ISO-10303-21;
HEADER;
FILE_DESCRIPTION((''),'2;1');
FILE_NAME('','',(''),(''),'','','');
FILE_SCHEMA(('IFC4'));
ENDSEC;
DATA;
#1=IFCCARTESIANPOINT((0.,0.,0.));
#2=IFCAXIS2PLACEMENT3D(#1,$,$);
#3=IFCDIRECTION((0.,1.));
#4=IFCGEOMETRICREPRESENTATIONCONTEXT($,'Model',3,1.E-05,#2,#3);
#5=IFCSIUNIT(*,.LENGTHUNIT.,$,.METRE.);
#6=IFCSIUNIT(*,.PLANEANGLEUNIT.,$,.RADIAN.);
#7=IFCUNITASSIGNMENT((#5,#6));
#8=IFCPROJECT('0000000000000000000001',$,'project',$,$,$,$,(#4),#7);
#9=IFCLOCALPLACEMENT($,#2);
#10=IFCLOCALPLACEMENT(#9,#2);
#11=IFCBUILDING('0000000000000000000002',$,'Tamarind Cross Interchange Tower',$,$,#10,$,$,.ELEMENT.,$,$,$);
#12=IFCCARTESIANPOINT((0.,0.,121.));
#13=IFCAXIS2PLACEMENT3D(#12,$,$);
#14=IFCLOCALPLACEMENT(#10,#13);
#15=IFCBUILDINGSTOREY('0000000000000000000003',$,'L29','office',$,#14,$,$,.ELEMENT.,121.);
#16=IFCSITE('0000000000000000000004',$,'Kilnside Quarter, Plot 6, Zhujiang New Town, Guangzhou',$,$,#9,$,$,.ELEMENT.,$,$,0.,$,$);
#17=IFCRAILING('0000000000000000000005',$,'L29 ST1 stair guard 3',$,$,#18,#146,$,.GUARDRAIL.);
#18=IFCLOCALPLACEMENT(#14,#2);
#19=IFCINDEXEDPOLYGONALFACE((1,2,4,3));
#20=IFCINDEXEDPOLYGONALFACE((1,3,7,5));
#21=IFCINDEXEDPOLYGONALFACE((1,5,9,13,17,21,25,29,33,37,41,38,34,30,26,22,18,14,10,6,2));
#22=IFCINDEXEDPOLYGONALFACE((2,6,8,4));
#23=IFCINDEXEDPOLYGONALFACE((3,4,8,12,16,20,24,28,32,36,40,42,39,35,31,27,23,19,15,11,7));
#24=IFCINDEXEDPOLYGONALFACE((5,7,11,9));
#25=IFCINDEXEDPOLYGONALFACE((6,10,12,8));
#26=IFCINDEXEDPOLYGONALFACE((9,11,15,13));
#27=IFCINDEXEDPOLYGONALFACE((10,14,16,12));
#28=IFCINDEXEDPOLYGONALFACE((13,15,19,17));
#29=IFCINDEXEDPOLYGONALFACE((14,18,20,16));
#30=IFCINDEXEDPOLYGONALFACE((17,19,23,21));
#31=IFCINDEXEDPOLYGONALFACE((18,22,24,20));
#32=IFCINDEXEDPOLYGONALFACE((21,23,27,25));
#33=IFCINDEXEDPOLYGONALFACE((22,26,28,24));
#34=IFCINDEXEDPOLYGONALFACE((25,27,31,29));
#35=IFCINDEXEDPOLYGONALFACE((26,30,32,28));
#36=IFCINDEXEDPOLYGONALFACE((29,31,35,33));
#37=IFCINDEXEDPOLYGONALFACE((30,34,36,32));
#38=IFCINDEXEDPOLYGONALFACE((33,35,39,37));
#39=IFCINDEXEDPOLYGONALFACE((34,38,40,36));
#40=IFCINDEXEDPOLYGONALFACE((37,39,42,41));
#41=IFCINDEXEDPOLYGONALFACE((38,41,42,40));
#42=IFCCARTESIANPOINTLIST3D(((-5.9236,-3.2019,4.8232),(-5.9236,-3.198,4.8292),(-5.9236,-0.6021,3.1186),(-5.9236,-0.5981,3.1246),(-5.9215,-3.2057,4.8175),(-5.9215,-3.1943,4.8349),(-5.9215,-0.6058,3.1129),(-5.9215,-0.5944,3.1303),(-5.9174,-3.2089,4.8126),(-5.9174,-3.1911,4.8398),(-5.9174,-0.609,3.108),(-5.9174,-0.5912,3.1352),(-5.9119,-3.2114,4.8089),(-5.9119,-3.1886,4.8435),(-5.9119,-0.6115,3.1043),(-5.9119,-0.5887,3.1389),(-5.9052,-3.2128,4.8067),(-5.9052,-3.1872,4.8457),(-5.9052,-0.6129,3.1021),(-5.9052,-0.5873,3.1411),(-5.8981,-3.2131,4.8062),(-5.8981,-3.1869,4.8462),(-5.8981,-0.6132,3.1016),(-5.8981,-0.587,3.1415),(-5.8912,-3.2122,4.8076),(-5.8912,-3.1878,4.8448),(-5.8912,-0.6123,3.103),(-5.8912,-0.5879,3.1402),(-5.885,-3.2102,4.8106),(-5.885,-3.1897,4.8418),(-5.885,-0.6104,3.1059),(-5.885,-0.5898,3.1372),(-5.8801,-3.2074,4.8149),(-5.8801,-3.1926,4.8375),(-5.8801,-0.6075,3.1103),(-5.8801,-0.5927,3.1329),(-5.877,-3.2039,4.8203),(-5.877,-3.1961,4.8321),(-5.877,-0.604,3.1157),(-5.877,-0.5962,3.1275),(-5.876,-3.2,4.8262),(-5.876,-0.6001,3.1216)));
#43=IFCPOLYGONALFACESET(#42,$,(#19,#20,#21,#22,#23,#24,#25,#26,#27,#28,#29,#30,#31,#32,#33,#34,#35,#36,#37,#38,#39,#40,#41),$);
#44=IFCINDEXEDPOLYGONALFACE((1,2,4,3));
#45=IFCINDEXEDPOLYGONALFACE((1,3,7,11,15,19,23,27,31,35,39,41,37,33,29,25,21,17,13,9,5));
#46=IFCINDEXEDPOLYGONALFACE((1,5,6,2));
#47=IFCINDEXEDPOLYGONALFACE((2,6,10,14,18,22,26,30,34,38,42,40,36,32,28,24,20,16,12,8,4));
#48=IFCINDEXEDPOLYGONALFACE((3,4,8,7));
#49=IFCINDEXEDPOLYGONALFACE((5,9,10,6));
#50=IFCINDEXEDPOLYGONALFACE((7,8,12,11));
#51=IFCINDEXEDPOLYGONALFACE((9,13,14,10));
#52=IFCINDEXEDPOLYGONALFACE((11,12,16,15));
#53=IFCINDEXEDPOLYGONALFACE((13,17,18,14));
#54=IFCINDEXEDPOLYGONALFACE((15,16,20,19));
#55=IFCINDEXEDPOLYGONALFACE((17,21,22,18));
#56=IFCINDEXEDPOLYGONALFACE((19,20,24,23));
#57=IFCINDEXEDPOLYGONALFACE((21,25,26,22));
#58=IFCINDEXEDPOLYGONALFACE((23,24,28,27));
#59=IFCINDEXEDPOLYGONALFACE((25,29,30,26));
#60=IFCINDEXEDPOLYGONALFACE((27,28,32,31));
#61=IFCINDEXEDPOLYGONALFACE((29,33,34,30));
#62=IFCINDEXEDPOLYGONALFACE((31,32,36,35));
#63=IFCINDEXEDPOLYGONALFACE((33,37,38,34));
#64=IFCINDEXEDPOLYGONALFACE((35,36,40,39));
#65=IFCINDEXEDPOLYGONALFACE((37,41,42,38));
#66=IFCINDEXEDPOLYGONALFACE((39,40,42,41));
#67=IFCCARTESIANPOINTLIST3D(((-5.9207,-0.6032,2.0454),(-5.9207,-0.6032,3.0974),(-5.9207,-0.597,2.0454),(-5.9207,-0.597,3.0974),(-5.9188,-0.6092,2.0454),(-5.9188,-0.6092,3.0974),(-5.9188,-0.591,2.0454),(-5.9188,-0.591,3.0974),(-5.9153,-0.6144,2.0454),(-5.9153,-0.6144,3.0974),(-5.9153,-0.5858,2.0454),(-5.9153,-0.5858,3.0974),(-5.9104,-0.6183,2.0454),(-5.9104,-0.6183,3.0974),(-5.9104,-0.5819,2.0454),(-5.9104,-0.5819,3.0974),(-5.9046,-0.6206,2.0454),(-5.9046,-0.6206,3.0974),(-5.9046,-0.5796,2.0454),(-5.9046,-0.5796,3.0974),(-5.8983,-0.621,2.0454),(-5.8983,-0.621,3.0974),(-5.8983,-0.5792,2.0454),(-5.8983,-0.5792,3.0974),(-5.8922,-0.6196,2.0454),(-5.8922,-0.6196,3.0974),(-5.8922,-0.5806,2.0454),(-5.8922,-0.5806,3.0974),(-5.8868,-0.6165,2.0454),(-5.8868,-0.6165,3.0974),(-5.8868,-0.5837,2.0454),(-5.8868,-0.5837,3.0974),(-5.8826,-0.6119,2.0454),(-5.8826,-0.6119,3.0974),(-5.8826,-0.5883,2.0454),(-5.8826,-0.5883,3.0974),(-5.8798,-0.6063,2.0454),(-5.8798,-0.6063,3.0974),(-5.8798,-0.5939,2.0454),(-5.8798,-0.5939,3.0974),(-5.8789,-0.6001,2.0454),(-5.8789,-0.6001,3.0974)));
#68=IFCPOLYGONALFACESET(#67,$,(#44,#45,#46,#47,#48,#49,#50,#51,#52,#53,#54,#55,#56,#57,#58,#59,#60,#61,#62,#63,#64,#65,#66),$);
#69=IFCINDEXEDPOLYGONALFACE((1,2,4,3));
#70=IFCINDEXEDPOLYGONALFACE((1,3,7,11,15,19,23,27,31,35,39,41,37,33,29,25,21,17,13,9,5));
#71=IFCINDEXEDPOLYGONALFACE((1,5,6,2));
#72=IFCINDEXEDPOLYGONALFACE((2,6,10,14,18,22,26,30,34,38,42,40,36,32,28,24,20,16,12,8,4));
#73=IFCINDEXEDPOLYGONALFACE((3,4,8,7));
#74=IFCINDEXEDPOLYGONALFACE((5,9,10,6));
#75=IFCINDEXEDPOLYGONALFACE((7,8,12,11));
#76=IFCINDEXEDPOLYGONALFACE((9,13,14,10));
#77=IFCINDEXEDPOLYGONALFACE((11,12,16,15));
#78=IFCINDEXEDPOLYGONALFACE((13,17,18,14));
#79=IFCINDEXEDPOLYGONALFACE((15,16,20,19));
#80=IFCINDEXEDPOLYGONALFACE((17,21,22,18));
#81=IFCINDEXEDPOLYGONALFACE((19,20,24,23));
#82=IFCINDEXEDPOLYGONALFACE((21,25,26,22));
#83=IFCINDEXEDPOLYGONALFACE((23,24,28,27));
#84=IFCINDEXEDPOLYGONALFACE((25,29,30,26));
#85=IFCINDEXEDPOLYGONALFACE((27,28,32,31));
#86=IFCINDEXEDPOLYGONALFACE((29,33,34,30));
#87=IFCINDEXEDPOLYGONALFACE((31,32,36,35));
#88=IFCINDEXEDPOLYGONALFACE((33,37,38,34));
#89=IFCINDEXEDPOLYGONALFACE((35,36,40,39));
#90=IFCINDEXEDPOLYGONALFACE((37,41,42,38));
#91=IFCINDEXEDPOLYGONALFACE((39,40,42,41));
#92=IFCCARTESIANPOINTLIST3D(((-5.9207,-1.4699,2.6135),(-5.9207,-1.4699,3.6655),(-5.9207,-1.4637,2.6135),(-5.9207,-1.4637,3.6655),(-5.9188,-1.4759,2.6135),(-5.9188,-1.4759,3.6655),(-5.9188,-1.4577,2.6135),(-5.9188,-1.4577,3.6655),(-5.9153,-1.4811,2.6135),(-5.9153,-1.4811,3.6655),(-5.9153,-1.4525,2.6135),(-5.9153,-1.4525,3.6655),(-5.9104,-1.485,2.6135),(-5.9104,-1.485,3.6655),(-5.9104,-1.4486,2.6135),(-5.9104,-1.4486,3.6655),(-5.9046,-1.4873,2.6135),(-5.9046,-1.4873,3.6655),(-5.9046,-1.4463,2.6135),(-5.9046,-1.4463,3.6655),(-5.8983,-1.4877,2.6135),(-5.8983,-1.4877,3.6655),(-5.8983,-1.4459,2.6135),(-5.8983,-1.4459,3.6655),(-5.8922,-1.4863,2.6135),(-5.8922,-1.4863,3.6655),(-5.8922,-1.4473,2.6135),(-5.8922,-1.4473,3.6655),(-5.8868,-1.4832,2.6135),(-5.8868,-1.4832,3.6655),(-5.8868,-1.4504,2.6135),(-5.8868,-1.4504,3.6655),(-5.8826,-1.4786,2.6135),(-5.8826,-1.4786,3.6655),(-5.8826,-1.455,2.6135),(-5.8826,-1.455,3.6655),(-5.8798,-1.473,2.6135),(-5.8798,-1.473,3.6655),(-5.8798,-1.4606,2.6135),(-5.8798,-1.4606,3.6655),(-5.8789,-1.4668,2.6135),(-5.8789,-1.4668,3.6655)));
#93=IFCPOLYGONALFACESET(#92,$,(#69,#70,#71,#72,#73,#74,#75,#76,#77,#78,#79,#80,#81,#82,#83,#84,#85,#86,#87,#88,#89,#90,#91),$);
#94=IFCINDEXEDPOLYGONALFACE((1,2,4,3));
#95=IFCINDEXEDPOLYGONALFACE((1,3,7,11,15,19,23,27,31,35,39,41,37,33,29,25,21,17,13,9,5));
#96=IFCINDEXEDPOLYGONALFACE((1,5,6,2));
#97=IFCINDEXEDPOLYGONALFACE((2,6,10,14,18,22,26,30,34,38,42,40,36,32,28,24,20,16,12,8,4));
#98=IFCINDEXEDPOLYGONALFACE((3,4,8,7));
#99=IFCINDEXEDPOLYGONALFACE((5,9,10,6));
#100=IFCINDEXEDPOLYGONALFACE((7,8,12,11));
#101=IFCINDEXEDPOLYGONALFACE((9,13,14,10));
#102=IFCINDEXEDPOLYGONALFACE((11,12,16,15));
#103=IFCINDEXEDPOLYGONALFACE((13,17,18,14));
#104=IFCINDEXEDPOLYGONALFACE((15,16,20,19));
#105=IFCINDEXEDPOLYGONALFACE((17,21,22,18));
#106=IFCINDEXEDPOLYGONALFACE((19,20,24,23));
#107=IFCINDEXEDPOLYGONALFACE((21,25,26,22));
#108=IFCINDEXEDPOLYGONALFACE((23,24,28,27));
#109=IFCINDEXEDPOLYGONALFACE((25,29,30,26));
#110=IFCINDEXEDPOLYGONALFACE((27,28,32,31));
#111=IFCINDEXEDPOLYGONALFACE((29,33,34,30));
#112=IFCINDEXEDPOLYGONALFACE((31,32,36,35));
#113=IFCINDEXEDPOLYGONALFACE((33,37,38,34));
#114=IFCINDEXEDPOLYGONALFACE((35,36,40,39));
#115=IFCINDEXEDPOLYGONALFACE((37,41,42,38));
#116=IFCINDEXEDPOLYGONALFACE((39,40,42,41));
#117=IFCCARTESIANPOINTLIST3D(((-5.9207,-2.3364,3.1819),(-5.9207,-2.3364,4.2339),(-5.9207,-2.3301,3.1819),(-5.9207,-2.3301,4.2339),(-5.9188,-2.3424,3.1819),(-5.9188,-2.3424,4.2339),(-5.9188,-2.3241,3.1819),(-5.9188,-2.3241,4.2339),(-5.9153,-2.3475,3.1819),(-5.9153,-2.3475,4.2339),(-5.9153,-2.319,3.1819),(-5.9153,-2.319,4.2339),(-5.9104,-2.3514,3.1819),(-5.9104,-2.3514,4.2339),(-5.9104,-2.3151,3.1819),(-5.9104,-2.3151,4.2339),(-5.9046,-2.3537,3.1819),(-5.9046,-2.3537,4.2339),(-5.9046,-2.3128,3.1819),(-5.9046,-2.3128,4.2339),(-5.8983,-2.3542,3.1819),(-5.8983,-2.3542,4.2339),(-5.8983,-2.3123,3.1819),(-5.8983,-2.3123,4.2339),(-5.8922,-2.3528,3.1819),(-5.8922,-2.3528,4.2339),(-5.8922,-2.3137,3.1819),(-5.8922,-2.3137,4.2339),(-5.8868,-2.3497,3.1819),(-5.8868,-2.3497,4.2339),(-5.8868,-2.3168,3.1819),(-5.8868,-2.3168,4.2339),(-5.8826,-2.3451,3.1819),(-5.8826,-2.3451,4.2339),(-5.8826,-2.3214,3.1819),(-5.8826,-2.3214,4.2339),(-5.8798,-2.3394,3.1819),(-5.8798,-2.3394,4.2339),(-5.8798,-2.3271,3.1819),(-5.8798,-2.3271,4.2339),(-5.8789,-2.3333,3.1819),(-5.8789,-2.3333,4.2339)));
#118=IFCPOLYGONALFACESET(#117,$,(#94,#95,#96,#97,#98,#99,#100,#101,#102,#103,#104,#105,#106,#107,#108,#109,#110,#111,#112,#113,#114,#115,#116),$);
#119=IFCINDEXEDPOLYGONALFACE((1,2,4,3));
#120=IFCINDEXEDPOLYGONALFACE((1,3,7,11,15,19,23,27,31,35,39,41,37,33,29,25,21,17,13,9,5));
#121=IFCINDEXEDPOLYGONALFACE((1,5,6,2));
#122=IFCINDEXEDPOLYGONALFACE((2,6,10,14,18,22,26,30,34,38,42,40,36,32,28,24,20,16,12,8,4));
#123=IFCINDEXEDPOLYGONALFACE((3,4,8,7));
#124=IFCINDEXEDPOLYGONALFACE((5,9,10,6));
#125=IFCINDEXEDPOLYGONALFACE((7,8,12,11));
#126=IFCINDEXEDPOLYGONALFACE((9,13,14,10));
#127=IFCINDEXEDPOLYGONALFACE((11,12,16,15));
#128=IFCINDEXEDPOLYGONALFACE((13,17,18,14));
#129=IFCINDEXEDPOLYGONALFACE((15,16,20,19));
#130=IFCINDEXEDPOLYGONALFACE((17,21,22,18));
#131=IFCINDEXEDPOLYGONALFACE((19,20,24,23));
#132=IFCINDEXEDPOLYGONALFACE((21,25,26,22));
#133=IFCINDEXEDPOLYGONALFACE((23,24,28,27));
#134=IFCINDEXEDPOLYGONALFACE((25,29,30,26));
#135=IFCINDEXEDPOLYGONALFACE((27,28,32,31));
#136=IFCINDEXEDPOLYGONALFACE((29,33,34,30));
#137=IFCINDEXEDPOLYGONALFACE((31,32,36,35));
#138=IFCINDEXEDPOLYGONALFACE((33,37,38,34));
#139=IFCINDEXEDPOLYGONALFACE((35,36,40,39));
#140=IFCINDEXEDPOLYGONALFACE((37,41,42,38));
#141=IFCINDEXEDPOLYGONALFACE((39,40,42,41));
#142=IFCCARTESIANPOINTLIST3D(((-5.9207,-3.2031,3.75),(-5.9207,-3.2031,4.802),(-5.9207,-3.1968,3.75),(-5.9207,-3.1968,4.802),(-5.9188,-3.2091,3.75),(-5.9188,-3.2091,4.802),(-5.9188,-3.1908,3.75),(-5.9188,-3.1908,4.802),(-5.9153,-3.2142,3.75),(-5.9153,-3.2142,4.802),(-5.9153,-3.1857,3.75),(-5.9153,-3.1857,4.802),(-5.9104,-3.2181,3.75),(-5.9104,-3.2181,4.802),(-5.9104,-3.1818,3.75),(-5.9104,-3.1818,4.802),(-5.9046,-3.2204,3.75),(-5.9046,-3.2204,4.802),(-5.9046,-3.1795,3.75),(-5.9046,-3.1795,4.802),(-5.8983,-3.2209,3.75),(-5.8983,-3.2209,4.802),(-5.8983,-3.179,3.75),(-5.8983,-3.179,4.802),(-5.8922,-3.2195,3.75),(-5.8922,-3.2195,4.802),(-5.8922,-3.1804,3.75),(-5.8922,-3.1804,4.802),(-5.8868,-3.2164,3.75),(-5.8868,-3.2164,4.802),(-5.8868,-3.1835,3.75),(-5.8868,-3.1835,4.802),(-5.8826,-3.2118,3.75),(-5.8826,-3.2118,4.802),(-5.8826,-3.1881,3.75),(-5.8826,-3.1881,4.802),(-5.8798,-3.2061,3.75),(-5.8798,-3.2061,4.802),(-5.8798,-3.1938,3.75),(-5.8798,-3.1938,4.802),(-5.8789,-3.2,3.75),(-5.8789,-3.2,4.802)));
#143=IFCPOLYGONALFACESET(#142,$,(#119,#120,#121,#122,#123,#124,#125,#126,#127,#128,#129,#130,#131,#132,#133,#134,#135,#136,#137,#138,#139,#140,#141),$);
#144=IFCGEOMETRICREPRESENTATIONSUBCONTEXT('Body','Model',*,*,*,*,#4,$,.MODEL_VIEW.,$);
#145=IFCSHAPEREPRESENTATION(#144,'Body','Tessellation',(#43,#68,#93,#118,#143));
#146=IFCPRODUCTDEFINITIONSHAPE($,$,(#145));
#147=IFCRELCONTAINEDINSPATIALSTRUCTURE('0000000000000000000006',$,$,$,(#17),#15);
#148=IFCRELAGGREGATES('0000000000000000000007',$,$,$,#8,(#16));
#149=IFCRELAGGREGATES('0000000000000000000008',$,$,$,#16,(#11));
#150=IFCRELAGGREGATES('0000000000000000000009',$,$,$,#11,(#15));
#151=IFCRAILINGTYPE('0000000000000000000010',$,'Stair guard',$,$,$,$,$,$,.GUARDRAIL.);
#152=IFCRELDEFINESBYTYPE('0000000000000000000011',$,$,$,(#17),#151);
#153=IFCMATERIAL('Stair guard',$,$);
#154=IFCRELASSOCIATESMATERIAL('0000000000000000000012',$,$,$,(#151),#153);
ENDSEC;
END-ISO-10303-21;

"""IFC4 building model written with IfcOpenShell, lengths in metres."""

from ifc_helpers import new_model, si_unit, direction, frame, origin, origin_2d, place, context, subcontext, project, spatial, circle, extrude, material, type_object, element, save


model = new_model("IFC4")

# Units and contexts
model_context = context("Model", 3, precision=1e-05, world=origin(), true_north=direction((0.0, 1.0)))
body_context = subcontext(model_context, "Body", "Model", "MODEL_VIEW")
ifc_project = project(units=[si_unit("LENGTHUNIT", "METRE"), si_unit("PLANEANGLEUNIT", "RADIAN")], contexts=[model_context])

# Site, building, storey
site_placement = place(None, origin())
site = spatial("IfcSite", under=ifc_project, at=site_placement, Name="Kilnside Quarter, Plot 6, Zhujiang New Town, Guangzhou", CompositionType="ELEMENT", RefElevation=0.0)
building_placement = place(site_placement, origin())
building = spatial("IfcBuilding", under=site, at=building_placement, Name="Tamarind Cross Interchange Tower", CompositionType="ELEMENT")
storey_placement = place(building_placement, frame((0.0, 0.0, 121.0)))
storey = spatial("IfcBuildingStorey", under=building, at=storey_placement, Name="L29", Description="office", CompositionType="ELEMENT", Elevation=121.0)

# Railing
ifc_material_1 = material(Name="Stair guard")
railing_type_1 = type_object("IfcRailingType", Name="Stair guard", PredefinedType="GUARDRAIL", material=ifc_material_1)
railing_1_placement = place(storey_placement, frame((-5.8999, -0.6001, 2.0454)))
element("IfcRailing", 1, at=railing_1_placement, inside=storey, type_object=railing_type_1, Name="L29 ST1 stair guard 3", PredefinedType="GUARDRAIL", context=body_context, shape_type="SweptSolid", body=[
    extrude(circle(Radius=0.0239, at=origin_2d()), frame((0.0, 0.0, 1.0762), z_axis=(0.0, -0.836279, 0.548305), x_axis=(1.0, 0.0, 0.0)), (0.0, 0.0, 1.0), 3.1089),
    extrude(circle(Radius=0.021, at=origin_2d()), origin(), (0.0, 0.0, 1.0), 1.052),
    extrude(circle(Radius=0.021, at=origin_2d()), frame((0.0, -0.8667, 0.5681)), (0.0, 0.0, 1.0), 1.052),
    extrude(circle(Radius=0.021, at=origin_2d()), frame((0.0, -1.7332, 1.1365)), (0.0, 0.0, 1.0), 1.052),
    extrude(circle(Radius=0.021, at=origin_2d()), frame((0.0, -2.5999, 1.7046)), (0.0, 0.0, 1.0), 1.052),
])

save(model, "model.ifc")
